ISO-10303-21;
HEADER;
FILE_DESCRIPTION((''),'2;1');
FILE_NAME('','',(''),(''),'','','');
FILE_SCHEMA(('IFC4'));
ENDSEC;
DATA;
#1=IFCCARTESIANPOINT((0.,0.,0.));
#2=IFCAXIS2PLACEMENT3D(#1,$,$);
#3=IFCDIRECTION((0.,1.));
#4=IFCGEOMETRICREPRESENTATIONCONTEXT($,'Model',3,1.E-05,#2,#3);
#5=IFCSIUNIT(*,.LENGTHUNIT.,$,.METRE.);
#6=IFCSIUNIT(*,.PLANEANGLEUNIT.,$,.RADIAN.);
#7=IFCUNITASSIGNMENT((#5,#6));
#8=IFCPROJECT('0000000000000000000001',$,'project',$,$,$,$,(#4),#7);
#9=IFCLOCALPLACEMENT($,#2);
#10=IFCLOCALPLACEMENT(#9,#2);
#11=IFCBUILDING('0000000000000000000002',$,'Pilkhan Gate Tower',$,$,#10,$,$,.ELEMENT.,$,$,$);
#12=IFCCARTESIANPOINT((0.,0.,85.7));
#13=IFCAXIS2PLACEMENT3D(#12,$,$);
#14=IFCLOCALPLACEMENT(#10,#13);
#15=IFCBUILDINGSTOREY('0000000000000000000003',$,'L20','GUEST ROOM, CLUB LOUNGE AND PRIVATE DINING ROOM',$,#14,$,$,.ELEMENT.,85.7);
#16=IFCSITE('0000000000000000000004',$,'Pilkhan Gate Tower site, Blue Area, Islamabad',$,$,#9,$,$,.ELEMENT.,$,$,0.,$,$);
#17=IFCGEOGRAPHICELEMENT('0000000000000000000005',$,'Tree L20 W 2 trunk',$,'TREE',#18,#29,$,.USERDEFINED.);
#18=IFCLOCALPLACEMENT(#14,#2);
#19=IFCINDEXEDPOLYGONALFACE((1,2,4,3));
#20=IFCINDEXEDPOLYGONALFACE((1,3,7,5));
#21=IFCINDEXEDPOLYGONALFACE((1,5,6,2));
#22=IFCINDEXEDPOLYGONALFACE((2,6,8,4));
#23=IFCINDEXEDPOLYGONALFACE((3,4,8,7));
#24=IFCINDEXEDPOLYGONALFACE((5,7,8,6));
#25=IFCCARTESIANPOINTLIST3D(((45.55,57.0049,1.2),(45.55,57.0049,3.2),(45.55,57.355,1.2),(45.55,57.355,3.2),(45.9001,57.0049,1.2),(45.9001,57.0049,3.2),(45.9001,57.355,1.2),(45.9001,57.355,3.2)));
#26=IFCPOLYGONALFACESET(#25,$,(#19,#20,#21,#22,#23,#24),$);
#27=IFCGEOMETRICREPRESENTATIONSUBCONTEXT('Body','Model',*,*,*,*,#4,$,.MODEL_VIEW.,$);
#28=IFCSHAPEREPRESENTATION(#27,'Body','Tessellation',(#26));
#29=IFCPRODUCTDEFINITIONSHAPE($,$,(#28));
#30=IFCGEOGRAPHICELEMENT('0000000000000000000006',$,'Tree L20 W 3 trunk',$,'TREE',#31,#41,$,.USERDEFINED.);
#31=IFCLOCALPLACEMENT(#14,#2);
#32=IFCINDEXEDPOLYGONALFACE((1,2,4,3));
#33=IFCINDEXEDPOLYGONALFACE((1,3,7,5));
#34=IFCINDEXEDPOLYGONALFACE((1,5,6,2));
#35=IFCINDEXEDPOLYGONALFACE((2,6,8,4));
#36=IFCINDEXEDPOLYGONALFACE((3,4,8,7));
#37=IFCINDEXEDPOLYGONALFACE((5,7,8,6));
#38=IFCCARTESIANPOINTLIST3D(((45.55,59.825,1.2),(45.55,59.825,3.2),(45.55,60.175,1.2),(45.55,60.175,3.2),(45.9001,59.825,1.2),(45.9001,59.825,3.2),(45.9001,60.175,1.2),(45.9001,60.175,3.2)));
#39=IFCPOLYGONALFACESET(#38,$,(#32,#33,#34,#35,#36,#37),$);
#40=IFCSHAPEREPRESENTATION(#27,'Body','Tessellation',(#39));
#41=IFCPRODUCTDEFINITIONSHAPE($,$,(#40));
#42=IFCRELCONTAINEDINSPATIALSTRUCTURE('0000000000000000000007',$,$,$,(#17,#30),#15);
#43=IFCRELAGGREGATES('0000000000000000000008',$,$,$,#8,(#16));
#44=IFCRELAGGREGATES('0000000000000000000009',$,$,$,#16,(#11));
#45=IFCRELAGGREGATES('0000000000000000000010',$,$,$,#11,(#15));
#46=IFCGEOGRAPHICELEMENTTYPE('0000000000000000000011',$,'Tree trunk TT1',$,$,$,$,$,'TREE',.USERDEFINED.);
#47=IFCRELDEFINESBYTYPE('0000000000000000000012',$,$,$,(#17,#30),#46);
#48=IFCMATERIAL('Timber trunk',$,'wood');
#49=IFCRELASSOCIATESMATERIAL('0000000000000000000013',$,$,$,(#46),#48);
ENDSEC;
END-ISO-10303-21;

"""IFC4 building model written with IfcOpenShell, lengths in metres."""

from ifc_helpers import new_model, si_unit, direction, frame, origin, origin_2d, place, context, subcontext, project, spatial, rectangle, extrude, material, type_object, element, save


model = new_model("IFC4")

# Units and contexts
model_context = context("Model", 3, precision=1e-05, world=origin(), true_north=direction((0.0, 1.0)))
body_context = subcontext(model_context, "Body", "Model", "MODEL_VIEW")
ifc_project = project(units=[si_unit("LENGTHUNIT", "METRE"), si_unit("PLANEANGLEUNIT", "RADIAN")], contexts=[model_context])

# Site, building, storey
site_placement = place(None, origin())
site = spatial("IfcSite", under=ifc_project, at=site_placement, Name="Pilkhan Gate Tower site, Blue Area, Islamabad", CompositionType="ELEMENT", RefElevation=0.0)
building_placement = place(site_placement, origin())
building = spatial("IfcBuilding", under=site, at=building_placement, Name="Pilkhan Gate Tower", CompositionType="ELEMENT")
storey_placement = place(building_placement, frame((0.0, 0.0, 85.7)))
storey = spatial("IfcBuildingStorey", under=building, at=storey_placement, Name="L20", Description="GUEST ROOM, CLUB LOUNGE AND PRIVATE DINING ROOM", CompositionType="ELEMENT", Elevation=85.7)

# Geographic elements
ifc_material_1 = material(Name="Timber trunk", Category="wood")
geographic_element_type_1 = type_object("IfcGeographicElementType", Name="Tree trunk TT1", ElementType="TREE", PredefinedType="USERDEFINED", material=ifc_material_1)
for number, where, z_axis, x_axis, name in (
    (1, (45.7251, 57.1799, 1.2), (0.0, 0.0, 1.0), (1.0, 0.0, 0.0), "Tree L20 W 2 trunk"),
    (2, (45.7251, 60.0, 1.2), (0.0, 0.0, 1.0), (1.0, 0.0, 0.0), "Tree L20 W 3 trunk"),
):
    element("IfcGeographicElement", number, at=place(storey_placement, frame(where, z_axis=z_axis, x_axis=x_axis)), inside=storey, type_object=geographic_element_type_1, Name=name, ObjectType="TREE", PredefinedType="USERDEFINED", context=body_context, shape_type="SweptSolid", body=[
        extrude(rectangle(XDim=0.3501, YDim=0.3501, at=origin_2d()), origin(), (0.0, 0.0, 1.0), 2.0),
    ])

save(model, "model.ifc")
